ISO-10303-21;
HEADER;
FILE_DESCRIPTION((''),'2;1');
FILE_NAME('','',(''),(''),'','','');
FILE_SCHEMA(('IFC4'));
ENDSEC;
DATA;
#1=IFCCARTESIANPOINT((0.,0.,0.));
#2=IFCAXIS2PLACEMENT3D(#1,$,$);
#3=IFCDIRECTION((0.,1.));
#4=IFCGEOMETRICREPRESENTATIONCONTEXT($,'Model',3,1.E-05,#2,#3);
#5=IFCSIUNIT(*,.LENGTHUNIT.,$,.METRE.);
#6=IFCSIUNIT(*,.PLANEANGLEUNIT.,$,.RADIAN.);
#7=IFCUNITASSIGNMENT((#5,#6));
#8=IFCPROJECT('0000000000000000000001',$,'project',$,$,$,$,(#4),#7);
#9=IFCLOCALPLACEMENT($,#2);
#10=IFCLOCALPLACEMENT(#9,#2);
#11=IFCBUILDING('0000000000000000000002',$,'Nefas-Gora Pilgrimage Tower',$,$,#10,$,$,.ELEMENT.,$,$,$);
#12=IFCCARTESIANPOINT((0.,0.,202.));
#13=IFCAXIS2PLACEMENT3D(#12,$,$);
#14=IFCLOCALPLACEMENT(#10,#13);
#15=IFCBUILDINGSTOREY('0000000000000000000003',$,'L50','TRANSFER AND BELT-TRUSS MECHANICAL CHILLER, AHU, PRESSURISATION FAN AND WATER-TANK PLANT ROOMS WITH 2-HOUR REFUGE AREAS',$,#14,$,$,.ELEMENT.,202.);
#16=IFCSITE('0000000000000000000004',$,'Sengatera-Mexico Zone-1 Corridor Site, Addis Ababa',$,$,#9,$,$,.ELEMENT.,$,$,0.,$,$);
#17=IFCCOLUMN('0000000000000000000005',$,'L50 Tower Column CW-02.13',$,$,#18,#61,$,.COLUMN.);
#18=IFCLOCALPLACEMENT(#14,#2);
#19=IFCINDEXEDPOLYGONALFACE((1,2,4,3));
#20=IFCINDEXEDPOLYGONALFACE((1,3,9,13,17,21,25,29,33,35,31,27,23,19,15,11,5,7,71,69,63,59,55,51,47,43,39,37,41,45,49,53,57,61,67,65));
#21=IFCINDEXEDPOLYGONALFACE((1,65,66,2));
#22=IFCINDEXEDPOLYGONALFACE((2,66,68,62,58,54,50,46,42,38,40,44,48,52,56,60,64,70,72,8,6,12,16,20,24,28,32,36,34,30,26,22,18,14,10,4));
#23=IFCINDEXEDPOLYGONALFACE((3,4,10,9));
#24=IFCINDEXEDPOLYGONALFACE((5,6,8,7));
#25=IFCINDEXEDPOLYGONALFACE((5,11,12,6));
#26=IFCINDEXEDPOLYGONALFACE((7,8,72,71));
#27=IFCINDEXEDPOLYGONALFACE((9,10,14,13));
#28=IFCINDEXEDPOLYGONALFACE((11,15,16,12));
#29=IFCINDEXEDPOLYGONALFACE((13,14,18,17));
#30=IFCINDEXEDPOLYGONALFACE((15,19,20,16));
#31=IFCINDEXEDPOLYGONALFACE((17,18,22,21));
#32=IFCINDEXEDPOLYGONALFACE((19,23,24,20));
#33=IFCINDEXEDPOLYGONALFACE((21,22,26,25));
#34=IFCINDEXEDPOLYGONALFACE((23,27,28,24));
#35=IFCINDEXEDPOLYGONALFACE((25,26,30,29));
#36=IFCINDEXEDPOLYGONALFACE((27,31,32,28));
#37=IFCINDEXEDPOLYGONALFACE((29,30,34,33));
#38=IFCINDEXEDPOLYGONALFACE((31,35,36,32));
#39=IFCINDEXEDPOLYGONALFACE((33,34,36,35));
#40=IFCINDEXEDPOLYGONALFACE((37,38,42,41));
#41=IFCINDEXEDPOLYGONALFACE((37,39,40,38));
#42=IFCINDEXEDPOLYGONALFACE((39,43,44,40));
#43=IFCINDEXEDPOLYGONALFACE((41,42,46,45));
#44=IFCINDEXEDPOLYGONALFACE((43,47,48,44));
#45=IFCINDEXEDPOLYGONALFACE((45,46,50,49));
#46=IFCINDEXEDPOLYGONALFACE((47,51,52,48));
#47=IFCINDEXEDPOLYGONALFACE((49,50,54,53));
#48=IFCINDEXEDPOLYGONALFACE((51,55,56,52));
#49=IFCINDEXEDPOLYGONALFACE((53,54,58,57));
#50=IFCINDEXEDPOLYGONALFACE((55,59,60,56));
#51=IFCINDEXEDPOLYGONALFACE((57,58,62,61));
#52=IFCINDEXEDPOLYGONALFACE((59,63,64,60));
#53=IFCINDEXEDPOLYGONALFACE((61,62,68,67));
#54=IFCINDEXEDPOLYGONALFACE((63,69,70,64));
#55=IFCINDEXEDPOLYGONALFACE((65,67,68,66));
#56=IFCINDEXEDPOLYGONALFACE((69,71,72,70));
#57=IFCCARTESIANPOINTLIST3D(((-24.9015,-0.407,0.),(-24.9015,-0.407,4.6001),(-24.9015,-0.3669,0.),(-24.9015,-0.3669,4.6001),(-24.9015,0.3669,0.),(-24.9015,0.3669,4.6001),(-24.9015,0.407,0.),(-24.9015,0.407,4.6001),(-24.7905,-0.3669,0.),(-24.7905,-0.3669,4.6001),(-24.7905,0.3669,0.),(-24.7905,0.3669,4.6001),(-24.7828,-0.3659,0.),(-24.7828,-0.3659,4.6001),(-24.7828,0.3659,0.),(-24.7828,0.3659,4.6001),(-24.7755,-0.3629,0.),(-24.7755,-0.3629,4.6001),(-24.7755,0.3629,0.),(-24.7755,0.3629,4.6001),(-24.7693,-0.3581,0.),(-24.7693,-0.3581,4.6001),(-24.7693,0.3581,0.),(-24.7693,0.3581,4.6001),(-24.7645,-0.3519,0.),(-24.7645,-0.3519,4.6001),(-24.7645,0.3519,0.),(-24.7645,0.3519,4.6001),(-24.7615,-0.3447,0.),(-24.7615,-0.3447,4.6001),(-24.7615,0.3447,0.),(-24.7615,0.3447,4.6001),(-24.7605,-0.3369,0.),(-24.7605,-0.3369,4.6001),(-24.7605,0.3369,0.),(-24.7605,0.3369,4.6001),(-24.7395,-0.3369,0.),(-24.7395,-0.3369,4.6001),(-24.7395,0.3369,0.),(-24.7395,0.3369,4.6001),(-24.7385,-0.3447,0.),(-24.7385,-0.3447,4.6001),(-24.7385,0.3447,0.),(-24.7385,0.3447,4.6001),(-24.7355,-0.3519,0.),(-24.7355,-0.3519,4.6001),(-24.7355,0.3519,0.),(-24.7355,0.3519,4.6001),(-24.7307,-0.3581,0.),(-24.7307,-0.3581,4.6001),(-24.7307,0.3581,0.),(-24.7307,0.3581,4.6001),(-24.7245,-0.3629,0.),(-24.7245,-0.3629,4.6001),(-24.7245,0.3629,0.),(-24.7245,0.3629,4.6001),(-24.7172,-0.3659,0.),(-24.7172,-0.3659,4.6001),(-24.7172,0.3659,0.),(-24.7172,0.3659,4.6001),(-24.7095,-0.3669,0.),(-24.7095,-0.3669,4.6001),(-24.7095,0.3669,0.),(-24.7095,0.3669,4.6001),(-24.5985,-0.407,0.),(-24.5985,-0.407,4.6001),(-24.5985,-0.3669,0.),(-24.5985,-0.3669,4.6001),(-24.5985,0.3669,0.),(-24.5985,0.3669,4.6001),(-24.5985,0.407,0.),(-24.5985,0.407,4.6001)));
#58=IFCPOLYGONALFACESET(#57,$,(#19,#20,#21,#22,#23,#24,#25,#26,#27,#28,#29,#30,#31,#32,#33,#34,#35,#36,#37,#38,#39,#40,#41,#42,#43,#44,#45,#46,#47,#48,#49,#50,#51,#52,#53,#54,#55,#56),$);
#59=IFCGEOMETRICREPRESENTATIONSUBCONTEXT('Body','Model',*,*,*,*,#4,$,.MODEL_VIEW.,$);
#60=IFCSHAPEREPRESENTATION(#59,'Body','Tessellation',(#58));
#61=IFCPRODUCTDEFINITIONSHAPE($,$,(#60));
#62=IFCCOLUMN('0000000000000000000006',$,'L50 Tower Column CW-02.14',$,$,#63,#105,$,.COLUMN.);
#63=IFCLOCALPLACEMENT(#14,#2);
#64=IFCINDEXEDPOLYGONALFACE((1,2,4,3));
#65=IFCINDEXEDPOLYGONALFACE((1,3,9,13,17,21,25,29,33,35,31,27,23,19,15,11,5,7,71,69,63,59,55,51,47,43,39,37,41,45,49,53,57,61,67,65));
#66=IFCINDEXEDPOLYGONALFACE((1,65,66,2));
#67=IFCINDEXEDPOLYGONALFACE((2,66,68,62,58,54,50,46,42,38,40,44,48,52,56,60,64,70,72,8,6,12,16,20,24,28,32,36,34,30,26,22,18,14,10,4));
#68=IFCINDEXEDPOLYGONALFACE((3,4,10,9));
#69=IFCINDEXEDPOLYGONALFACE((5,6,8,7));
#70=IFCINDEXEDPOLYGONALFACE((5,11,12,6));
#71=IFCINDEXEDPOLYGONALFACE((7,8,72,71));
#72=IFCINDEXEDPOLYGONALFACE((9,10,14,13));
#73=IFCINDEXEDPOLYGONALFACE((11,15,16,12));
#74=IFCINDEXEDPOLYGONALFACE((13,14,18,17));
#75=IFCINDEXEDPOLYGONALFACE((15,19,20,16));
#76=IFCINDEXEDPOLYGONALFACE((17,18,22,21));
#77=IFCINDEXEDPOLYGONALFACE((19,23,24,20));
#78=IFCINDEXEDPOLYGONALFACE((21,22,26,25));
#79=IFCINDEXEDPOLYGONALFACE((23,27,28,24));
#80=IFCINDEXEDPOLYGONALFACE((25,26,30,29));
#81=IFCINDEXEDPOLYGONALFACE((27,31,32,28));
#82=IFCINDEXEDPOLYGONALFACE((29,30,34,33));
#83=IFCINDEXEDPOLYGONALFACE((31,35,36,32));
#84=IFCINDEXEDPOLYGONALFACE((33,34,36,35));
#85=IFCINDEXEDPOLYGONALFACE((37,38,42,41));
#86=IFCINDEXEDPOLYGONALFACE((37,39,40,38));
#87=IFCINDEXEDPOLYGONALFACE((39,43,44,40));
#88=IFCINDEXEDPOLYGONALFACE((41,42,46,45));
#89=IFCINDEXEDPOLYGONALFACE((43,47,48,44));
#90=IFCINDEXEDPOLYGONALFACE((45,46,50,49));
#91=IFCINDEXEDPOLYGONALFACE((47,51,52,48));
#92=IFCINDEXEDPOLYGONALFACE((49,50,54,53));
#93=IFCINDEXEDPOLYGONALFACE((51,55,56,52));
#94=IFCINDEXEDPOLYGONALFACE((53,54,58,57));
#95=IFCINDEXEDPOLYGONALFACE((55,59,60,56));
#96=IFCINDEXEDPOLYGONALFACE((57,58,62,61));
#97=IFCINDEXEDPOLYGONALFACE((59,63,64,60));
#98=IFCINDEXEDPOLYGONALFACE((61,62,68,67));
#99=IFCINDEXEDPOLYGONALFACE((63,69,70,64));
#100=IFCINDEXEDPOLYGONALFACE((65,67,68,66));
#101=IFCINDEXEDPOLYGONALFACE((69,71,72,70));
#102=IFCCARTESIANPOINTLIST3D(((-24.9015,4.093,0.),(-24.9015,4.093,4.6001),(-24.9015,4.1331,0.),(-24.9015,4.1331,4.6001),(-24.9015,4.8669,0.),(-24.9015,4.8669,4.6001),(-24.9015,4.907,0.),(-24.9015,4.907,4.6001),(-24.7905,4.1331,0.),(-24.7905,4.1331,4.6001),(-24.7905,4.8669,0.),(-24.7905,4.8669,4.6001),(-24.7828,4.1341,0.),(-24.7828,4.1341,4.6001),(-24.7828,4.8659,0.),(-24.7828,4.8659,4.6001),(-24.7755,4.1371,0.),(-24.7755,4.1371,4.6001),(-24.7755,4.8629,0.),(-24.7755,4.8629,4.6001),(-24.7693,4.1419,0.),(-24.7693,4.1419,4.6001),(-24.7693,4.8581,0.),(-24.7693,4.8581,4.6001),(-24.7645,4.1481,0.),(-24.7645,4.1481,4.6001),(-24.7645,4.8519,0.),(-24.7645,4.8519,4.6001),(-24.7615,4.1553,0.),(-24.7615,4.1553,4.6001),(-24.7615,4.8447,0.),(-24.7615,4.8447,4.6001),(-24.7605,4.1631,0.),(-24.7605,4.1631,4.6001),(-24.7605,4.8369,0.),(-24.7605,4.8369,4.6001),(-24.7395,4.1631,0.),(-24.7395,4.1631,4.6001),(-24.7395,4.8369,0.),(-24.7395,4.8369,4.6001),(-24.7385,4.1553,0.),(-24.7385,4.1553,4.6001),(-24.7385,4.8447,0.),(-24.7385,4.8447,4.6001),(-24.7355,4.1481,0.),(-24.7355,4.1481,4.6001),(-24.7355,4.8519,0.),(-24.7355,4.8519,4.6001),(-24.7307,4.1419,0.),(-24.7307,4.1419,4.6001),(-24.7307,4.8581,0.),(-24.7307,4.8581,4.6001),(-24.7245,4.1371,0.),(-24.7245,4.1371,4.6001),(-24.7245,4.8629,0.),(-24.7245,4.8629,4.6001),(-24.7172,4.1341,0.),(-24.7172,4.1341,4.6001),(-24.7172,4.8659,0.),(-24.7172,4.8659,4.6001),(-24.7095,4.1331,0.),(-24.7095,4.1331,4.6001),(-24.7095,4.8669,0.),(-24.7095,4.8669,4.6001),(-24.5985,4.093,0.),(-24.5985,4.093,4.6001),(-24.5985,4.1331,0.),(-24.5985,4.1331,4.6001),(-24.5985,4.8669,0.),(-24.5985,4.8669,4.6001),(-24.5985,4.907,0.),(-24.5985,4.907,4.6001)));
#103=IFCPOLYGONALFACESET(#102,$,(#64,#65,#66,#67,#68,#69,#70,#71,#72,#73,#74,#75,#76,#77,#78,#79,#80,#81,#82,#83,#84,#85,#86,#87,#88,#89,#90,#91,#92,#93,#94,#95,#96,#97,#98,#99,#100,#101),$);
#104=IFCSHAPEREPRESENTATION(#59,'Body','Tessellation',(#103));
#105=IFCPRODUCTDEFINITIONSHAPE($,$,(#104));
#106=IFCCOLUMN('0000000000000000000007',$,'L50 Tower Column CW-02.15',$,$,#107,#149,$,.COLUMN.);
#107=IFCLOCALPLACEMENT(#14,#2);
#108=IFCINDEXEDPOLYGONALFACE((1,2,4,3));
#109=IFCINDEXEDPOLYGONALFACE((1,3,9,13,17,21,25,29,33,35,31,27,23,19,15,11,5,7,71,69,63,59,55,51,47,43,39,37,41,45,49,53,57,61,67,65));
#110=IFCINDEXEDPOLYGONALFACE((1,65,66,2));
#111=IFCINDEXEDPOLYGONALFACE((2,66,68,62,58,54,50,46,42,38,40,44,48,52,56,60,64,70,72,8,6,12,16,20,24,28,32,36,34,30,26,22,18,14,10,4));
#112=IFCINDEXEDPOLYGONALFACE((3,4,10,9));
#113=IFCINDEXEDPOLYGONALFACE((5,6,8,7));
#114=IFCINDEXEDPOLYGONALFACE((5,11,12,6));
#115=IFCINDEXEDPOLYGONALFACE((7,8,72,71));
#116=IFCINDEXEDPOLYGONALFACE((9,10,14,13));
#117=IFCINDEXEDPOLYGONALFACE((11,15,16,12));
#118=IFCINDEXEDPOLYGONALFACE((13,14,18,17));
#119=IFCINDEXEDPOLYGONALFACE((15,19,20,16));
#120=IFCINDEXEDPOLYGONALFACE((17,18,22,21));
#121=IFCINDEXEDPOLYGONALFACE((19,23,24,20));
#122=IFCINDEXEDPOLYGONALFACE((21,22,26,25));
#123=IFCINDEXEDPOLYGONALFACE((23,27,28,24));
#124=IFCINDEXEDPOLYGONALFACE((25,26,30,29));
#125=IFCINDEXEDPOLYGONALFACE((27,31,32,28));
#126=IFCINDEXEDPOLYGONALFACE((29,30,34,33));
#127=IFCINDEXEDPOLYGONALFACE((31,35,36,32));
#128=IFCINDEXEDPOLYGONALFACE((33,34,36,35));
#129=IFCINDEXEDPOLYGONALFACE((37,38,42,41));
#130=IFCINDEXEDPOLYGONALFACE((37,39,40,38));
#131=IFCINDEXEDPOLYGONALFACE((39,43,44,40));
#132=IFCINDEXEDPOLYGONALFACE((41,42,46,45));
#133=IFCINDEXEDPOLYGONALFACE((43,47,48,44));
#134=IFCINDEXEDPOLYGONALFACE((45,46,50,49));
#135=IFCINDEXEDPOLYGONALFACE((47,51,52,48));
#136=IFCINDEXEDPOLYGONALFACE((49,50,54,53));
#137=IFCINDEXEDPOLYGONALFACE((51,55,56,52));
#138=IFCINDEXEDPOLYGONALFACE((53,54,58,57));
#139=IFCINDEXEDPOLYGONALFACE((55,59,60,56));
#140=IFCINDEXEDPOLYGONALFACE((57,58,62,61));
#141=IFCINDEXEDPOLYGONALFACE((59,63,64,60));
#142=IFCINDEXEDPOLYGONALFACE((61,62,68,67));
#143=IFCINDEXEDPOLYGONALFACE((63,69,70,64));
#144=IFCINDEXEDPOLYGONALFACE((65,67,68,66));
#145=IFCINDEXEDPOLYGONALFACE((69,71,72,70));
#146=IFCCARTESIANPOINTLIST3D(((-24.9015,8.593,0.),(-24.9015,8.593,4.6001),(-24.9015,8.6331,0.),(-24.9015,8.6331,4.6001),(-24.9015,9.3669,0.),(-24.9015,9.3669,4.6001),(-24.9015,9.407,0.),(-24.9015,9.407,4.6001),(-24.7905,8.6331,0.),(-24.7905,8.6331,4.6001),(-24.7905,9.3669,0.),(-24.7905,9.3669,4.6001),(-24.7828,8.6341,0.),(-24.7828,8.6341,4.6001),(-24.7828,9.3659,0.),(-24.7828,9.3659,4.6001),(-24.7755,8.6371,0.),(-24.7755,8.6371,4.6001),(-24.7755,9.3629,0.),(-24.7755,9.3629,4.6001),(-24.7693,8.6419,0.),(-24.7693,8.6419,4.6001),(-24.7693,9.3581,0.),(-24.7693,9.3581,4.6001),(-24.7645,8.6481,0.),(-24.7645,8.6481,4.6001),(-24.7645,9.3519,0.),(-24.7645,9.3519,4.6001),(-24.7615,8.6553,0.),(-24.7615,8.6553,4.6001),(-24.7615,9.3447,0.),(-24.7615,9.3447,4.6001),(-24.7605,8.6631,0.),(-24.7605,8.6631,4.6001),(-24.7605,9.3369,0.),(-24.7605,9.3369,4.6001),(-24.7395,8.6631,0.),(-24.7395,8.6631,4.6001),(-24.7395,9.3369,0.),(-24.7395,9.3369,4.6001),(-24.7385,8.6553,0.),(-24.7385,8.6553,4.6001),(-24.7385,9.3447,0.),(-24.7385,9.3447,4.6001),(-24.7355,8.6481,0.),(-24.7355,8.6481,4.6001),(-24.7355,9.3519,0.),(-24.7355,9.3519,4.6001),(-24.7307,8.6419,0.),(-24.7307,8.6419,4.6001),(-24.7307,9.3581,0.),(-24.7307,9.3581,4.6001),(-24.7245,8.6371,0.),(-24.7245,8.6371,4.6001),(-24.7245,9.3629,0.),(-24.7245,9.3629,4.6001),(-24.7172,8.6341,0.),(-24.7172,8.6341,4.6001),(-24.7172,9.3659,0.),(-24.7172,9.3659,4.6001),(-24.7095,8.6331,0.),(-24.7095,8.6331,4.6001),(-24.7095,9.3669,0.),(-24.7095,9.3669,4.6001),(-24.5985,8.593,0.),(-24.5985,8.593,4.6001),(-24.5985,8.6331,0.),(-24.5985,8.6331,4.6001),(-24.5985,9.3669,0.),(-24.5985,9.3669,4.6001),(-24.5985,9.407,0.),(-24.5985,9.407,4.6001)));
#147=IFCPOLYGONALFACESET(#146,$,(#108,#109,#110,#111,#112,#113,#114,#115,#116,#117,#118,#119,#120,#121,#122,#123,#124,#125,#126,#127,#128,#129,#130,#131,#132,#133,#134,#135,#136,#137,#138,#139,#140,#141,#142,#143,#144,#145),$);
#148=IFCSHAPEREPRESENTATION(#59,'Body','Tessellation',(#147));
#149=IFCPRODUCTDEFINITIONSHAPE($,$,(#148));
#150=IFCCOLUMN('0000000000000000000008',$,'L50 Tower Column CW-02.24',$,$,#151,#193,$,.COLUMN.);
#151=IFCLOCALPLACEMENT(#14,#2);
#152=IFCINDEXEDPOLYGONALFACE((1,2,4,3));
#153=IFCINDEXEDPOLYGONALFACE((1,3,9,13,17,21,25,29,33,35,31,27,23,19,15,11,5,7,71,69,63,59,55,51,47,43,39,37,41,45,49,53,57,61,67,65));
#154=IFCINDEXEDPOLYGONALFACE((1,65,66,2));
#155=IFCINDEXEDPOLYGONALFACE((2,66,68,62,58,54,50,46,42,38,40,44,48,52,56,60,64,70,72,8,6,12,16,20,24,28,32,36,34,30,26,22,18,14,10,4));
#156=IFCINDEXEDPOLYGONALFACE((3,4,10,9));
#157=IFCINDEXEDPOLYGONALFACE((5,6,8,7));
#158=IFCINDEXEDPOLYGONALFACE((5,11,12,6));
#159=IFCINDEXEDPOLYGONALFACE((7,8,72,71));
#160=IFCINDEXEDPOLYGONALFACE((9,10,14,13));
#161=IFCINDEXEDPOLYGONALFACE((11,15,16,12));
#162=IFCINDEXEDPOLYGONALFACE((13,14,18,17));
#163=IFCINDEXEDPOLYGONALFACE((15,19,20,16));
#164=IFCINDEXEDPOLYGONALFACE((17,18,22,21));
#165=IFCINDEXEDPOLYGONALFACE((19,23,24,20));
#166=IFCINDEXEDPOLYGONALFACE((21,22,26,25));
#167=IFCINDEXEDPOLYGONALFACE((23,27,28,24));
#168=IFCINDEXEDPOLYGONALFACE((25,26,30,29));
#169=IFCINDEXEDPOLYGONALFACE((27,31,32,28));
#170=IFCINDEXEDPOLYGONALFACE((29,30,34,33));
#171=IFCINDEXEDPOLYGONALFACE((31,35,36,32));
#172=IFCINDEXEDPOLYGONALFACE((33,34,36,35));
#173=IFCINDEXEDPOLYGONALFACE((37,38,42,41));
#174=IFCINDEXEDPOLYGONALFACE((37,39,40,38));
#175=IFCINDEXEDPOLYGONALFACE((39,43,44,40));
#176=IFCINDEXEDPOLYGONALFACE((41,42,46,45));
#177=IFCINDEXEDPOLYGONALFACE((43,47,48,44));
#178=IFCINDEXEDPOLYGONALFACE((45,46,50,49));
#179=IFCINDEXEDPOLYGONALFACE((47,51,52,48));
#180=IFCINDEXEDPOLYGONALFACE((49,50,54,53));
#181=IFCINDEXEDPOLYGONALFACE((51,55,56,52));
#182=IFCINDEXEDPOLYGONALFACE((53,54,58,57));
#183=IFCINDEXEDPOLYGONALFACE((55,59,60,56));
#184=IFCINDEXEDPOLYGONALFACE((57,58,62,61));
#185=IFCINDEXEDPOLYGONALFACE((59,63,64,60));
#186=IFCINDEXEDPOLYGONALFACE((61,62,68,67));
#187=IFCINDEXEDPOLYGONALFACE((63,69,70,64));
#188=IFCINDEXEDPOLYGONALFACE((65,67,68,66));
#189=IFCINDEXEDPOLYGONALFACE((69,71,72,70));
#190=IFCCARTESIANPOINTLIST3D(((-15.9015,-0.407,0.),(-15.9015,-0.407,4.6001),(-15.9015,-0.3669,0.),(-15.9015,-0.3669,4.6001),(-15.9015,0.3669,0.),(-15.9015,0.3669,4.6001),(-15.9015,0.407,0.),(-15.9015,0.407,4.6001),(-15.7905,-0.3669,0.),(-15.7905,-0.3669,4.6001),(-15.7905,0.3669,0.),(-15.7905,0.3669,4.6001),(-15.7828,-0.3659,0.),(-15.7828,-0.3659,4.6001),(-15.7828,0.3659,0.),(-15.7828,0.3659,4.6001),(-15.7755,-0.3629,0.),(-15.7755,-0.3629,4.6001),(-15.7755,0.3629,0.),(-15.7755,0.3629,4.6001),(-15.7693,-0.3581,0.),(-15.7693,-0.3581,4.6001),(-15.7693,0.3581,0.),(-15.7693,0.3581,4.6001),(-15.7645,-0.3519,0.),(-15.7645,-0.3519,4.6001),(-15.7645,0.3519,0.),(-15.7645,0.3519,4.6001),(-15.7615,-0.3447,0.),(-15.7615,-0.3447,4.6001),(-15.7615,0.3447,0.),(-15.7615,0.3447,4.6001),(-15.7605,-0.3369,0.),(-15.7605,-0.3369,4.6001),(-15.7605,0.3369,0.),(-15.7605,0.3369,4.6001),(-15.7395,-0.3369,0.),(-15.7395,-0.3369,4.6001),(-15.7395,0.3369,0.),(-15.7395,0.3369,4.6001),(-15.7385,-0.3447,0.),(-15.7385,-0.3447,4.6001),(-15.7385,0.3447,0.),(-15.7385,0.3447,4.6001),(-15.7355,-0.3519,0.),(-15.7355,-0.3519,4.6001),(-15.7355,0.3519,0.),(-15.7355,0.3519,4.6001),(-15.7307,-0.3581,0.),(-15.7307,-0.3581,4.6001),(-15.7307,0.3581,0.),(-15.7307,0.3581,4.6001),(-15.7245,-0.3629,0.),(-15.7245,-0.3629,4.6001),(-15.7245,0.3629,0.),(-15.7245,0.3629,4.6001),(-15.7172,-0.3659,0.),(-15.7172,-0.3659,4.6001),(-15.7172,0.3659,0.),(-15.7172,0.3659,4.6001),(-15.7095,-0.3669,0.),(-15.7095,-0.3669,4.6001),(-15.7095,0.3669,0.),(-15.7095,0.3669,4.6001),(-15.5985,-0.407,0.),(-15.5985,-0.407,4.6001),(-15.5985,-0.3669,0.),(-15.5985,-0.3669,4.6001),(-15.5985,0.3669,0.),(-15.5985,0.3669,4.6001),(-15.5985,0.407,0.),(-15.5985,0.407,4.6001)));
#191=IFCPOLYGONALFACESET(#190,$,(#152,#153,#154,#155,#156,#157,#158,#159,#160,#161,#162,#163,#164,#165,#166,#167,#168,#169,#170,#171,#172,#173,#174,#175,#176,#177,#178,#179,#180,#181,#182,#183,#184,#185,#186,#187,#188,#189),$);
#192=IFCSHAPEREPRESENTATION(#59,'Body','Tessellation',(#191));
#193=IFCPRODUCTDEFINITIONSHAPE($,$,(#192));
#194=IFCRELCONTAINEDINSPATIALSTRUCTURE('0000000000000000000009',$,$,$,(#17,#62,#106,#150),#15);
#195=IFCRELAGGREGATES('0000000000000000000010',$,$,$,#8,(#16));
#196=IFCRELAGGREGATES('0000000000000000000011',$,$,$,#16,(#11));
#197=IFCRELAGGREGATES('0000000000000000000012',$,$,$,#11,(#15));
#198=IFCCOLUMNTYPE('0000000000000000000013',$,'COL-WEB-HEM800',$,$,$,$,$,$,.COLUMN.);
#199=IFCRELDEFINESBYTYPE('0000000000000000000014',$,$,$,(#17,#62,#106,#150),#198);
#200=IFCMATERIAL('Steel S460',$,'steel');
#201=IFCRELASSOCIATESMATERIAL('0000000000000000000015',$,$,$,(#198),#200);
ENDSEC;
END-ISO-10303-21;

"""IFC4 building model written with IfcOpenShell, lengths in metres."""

from ifc_helpers import new_model, si_unit, direction, frame, origin, origin_2d, place, context, subcontext, project, spatial, i_section, extrude, source, transform, mapped, material, material_profile, profile_set, type_object, element, save


model = new_model("IFC4")

# Units and contexts
model_context = context("Model", 3, precision=1e-05, world=origin(), true_north=direction((0.0, 1.0)))
body_context = subcontext(model_context, "Body", "Model", "MODEL_VIEW")
ifc_project = project(units=[si_unit("LENGTHUNIT", "METRE"), si_unit("PLANEANGLEUNIT", "RADIAN")], contexts=[model_context])

# Site, building, storey
site_placement = place(None, origin())
site = spatial("IfcSite", under=ifc_project, at=site_placement, Name="Sengatera-Mexico Zone-1 Corridor Site, Addis Ababa", CompositionType="ELEMENT", RefElevation=0.0)
building_placement = place(site_placement, origin())
building = spatial("IfcBuilding", under=site, at=building_placement, Name="Nefas-Gora Pilgrimage Tower", CompositionType="ELEMENT")
storey_placement = place(building_placement, frame((0.0, 0.0, 202.0)))
storey = spatial("IfcBuildingStorey", under=building, at=storey_placement, Name="L50", Description="TRANSFER AND BELT-TRUSS MECHANICAL CHILLER, AHU, PRESSURISATION FAN AND WATER-TANK PLANT ROOMS WITH 2-HOUR REFUGE AREAS", CompositionType="ELEMENT", Elevation=202.0)

# Columns
ifc_material_1 = material(Name="Steel S460", Category="steel")
ifc_material_profile_1 = material_profile(ifc_material_1, i_section(OverallWidth=0.303, OverallDepth=0.814, WebThickness=0.021, FlangeThickness=0.04, FilletRadius=0.03, at=origin_2d()), Name="HEM 800")
ifc_profile_set_1 = profile_set([ifc_material_profile_1], Name="Steel S460")
column_type_1 = type_object("IfcColumnType", Name="COL-WEB-HEM800", PredefinedType="COLUMN", material=ifc_profile_set_1)
shared_shape_1 = source(origin(), body_context, "Body", "SweptSolid", [
    extrude(i_section(OverallWidth=0.303, OverallDepth=0.814, WebThickness=0.021, FlangeThickness=0.04, FilletRadius=0.03, at=origin_2d()), origin(), (0.0, 0.0, 1.0), 4.6001),
])
for number, where, z_axis, x_axis, name in (
    (1, (-24.75, 0.0, 0.0), (0.0, 0.0, 1.0), (1.0, 0.0, 0.0), "L50 Tower Column CW-02.13"),
    (2, (-24.75, 4.5, 0.0), (0.0, 0.0, 1.0), (1.0, 0.0, 0.0), "L50 Tower Column CW-02.14"),
    (3, (-24.75, 9.0, 0.0), (0.0, 0.0, 1.0), (1.0, 0.0, 0.0), "L50 Tower Column CW-02.15"),
    (4, (-15.75, 0.0, 0.0), (0.0, 0.0, 1.0), (1.0, 0.0, 0.0), "L50 Tower Column CW-02.24"),
):
    element("IfcColumn", number, at=place(storey_placement, frame(where, z_axis=z_axis, x_axis=x_axis)), inside=storey, type_object=column_type_1, Name=name, PredefinedType="COLUMN", context=body_context, shape_type="MappedRepresentation", body=[
        mapped(shared_shape_1, transform((0.0, 0.0, 0.0), x_axis=(1.0, 0.0, 0.0), y_axis=(0.0, 1.0, 0.0), z_axis=(0.0, 0.0, 1.0), scale=1.0)),
    ])

save(model, "model.ifc")
